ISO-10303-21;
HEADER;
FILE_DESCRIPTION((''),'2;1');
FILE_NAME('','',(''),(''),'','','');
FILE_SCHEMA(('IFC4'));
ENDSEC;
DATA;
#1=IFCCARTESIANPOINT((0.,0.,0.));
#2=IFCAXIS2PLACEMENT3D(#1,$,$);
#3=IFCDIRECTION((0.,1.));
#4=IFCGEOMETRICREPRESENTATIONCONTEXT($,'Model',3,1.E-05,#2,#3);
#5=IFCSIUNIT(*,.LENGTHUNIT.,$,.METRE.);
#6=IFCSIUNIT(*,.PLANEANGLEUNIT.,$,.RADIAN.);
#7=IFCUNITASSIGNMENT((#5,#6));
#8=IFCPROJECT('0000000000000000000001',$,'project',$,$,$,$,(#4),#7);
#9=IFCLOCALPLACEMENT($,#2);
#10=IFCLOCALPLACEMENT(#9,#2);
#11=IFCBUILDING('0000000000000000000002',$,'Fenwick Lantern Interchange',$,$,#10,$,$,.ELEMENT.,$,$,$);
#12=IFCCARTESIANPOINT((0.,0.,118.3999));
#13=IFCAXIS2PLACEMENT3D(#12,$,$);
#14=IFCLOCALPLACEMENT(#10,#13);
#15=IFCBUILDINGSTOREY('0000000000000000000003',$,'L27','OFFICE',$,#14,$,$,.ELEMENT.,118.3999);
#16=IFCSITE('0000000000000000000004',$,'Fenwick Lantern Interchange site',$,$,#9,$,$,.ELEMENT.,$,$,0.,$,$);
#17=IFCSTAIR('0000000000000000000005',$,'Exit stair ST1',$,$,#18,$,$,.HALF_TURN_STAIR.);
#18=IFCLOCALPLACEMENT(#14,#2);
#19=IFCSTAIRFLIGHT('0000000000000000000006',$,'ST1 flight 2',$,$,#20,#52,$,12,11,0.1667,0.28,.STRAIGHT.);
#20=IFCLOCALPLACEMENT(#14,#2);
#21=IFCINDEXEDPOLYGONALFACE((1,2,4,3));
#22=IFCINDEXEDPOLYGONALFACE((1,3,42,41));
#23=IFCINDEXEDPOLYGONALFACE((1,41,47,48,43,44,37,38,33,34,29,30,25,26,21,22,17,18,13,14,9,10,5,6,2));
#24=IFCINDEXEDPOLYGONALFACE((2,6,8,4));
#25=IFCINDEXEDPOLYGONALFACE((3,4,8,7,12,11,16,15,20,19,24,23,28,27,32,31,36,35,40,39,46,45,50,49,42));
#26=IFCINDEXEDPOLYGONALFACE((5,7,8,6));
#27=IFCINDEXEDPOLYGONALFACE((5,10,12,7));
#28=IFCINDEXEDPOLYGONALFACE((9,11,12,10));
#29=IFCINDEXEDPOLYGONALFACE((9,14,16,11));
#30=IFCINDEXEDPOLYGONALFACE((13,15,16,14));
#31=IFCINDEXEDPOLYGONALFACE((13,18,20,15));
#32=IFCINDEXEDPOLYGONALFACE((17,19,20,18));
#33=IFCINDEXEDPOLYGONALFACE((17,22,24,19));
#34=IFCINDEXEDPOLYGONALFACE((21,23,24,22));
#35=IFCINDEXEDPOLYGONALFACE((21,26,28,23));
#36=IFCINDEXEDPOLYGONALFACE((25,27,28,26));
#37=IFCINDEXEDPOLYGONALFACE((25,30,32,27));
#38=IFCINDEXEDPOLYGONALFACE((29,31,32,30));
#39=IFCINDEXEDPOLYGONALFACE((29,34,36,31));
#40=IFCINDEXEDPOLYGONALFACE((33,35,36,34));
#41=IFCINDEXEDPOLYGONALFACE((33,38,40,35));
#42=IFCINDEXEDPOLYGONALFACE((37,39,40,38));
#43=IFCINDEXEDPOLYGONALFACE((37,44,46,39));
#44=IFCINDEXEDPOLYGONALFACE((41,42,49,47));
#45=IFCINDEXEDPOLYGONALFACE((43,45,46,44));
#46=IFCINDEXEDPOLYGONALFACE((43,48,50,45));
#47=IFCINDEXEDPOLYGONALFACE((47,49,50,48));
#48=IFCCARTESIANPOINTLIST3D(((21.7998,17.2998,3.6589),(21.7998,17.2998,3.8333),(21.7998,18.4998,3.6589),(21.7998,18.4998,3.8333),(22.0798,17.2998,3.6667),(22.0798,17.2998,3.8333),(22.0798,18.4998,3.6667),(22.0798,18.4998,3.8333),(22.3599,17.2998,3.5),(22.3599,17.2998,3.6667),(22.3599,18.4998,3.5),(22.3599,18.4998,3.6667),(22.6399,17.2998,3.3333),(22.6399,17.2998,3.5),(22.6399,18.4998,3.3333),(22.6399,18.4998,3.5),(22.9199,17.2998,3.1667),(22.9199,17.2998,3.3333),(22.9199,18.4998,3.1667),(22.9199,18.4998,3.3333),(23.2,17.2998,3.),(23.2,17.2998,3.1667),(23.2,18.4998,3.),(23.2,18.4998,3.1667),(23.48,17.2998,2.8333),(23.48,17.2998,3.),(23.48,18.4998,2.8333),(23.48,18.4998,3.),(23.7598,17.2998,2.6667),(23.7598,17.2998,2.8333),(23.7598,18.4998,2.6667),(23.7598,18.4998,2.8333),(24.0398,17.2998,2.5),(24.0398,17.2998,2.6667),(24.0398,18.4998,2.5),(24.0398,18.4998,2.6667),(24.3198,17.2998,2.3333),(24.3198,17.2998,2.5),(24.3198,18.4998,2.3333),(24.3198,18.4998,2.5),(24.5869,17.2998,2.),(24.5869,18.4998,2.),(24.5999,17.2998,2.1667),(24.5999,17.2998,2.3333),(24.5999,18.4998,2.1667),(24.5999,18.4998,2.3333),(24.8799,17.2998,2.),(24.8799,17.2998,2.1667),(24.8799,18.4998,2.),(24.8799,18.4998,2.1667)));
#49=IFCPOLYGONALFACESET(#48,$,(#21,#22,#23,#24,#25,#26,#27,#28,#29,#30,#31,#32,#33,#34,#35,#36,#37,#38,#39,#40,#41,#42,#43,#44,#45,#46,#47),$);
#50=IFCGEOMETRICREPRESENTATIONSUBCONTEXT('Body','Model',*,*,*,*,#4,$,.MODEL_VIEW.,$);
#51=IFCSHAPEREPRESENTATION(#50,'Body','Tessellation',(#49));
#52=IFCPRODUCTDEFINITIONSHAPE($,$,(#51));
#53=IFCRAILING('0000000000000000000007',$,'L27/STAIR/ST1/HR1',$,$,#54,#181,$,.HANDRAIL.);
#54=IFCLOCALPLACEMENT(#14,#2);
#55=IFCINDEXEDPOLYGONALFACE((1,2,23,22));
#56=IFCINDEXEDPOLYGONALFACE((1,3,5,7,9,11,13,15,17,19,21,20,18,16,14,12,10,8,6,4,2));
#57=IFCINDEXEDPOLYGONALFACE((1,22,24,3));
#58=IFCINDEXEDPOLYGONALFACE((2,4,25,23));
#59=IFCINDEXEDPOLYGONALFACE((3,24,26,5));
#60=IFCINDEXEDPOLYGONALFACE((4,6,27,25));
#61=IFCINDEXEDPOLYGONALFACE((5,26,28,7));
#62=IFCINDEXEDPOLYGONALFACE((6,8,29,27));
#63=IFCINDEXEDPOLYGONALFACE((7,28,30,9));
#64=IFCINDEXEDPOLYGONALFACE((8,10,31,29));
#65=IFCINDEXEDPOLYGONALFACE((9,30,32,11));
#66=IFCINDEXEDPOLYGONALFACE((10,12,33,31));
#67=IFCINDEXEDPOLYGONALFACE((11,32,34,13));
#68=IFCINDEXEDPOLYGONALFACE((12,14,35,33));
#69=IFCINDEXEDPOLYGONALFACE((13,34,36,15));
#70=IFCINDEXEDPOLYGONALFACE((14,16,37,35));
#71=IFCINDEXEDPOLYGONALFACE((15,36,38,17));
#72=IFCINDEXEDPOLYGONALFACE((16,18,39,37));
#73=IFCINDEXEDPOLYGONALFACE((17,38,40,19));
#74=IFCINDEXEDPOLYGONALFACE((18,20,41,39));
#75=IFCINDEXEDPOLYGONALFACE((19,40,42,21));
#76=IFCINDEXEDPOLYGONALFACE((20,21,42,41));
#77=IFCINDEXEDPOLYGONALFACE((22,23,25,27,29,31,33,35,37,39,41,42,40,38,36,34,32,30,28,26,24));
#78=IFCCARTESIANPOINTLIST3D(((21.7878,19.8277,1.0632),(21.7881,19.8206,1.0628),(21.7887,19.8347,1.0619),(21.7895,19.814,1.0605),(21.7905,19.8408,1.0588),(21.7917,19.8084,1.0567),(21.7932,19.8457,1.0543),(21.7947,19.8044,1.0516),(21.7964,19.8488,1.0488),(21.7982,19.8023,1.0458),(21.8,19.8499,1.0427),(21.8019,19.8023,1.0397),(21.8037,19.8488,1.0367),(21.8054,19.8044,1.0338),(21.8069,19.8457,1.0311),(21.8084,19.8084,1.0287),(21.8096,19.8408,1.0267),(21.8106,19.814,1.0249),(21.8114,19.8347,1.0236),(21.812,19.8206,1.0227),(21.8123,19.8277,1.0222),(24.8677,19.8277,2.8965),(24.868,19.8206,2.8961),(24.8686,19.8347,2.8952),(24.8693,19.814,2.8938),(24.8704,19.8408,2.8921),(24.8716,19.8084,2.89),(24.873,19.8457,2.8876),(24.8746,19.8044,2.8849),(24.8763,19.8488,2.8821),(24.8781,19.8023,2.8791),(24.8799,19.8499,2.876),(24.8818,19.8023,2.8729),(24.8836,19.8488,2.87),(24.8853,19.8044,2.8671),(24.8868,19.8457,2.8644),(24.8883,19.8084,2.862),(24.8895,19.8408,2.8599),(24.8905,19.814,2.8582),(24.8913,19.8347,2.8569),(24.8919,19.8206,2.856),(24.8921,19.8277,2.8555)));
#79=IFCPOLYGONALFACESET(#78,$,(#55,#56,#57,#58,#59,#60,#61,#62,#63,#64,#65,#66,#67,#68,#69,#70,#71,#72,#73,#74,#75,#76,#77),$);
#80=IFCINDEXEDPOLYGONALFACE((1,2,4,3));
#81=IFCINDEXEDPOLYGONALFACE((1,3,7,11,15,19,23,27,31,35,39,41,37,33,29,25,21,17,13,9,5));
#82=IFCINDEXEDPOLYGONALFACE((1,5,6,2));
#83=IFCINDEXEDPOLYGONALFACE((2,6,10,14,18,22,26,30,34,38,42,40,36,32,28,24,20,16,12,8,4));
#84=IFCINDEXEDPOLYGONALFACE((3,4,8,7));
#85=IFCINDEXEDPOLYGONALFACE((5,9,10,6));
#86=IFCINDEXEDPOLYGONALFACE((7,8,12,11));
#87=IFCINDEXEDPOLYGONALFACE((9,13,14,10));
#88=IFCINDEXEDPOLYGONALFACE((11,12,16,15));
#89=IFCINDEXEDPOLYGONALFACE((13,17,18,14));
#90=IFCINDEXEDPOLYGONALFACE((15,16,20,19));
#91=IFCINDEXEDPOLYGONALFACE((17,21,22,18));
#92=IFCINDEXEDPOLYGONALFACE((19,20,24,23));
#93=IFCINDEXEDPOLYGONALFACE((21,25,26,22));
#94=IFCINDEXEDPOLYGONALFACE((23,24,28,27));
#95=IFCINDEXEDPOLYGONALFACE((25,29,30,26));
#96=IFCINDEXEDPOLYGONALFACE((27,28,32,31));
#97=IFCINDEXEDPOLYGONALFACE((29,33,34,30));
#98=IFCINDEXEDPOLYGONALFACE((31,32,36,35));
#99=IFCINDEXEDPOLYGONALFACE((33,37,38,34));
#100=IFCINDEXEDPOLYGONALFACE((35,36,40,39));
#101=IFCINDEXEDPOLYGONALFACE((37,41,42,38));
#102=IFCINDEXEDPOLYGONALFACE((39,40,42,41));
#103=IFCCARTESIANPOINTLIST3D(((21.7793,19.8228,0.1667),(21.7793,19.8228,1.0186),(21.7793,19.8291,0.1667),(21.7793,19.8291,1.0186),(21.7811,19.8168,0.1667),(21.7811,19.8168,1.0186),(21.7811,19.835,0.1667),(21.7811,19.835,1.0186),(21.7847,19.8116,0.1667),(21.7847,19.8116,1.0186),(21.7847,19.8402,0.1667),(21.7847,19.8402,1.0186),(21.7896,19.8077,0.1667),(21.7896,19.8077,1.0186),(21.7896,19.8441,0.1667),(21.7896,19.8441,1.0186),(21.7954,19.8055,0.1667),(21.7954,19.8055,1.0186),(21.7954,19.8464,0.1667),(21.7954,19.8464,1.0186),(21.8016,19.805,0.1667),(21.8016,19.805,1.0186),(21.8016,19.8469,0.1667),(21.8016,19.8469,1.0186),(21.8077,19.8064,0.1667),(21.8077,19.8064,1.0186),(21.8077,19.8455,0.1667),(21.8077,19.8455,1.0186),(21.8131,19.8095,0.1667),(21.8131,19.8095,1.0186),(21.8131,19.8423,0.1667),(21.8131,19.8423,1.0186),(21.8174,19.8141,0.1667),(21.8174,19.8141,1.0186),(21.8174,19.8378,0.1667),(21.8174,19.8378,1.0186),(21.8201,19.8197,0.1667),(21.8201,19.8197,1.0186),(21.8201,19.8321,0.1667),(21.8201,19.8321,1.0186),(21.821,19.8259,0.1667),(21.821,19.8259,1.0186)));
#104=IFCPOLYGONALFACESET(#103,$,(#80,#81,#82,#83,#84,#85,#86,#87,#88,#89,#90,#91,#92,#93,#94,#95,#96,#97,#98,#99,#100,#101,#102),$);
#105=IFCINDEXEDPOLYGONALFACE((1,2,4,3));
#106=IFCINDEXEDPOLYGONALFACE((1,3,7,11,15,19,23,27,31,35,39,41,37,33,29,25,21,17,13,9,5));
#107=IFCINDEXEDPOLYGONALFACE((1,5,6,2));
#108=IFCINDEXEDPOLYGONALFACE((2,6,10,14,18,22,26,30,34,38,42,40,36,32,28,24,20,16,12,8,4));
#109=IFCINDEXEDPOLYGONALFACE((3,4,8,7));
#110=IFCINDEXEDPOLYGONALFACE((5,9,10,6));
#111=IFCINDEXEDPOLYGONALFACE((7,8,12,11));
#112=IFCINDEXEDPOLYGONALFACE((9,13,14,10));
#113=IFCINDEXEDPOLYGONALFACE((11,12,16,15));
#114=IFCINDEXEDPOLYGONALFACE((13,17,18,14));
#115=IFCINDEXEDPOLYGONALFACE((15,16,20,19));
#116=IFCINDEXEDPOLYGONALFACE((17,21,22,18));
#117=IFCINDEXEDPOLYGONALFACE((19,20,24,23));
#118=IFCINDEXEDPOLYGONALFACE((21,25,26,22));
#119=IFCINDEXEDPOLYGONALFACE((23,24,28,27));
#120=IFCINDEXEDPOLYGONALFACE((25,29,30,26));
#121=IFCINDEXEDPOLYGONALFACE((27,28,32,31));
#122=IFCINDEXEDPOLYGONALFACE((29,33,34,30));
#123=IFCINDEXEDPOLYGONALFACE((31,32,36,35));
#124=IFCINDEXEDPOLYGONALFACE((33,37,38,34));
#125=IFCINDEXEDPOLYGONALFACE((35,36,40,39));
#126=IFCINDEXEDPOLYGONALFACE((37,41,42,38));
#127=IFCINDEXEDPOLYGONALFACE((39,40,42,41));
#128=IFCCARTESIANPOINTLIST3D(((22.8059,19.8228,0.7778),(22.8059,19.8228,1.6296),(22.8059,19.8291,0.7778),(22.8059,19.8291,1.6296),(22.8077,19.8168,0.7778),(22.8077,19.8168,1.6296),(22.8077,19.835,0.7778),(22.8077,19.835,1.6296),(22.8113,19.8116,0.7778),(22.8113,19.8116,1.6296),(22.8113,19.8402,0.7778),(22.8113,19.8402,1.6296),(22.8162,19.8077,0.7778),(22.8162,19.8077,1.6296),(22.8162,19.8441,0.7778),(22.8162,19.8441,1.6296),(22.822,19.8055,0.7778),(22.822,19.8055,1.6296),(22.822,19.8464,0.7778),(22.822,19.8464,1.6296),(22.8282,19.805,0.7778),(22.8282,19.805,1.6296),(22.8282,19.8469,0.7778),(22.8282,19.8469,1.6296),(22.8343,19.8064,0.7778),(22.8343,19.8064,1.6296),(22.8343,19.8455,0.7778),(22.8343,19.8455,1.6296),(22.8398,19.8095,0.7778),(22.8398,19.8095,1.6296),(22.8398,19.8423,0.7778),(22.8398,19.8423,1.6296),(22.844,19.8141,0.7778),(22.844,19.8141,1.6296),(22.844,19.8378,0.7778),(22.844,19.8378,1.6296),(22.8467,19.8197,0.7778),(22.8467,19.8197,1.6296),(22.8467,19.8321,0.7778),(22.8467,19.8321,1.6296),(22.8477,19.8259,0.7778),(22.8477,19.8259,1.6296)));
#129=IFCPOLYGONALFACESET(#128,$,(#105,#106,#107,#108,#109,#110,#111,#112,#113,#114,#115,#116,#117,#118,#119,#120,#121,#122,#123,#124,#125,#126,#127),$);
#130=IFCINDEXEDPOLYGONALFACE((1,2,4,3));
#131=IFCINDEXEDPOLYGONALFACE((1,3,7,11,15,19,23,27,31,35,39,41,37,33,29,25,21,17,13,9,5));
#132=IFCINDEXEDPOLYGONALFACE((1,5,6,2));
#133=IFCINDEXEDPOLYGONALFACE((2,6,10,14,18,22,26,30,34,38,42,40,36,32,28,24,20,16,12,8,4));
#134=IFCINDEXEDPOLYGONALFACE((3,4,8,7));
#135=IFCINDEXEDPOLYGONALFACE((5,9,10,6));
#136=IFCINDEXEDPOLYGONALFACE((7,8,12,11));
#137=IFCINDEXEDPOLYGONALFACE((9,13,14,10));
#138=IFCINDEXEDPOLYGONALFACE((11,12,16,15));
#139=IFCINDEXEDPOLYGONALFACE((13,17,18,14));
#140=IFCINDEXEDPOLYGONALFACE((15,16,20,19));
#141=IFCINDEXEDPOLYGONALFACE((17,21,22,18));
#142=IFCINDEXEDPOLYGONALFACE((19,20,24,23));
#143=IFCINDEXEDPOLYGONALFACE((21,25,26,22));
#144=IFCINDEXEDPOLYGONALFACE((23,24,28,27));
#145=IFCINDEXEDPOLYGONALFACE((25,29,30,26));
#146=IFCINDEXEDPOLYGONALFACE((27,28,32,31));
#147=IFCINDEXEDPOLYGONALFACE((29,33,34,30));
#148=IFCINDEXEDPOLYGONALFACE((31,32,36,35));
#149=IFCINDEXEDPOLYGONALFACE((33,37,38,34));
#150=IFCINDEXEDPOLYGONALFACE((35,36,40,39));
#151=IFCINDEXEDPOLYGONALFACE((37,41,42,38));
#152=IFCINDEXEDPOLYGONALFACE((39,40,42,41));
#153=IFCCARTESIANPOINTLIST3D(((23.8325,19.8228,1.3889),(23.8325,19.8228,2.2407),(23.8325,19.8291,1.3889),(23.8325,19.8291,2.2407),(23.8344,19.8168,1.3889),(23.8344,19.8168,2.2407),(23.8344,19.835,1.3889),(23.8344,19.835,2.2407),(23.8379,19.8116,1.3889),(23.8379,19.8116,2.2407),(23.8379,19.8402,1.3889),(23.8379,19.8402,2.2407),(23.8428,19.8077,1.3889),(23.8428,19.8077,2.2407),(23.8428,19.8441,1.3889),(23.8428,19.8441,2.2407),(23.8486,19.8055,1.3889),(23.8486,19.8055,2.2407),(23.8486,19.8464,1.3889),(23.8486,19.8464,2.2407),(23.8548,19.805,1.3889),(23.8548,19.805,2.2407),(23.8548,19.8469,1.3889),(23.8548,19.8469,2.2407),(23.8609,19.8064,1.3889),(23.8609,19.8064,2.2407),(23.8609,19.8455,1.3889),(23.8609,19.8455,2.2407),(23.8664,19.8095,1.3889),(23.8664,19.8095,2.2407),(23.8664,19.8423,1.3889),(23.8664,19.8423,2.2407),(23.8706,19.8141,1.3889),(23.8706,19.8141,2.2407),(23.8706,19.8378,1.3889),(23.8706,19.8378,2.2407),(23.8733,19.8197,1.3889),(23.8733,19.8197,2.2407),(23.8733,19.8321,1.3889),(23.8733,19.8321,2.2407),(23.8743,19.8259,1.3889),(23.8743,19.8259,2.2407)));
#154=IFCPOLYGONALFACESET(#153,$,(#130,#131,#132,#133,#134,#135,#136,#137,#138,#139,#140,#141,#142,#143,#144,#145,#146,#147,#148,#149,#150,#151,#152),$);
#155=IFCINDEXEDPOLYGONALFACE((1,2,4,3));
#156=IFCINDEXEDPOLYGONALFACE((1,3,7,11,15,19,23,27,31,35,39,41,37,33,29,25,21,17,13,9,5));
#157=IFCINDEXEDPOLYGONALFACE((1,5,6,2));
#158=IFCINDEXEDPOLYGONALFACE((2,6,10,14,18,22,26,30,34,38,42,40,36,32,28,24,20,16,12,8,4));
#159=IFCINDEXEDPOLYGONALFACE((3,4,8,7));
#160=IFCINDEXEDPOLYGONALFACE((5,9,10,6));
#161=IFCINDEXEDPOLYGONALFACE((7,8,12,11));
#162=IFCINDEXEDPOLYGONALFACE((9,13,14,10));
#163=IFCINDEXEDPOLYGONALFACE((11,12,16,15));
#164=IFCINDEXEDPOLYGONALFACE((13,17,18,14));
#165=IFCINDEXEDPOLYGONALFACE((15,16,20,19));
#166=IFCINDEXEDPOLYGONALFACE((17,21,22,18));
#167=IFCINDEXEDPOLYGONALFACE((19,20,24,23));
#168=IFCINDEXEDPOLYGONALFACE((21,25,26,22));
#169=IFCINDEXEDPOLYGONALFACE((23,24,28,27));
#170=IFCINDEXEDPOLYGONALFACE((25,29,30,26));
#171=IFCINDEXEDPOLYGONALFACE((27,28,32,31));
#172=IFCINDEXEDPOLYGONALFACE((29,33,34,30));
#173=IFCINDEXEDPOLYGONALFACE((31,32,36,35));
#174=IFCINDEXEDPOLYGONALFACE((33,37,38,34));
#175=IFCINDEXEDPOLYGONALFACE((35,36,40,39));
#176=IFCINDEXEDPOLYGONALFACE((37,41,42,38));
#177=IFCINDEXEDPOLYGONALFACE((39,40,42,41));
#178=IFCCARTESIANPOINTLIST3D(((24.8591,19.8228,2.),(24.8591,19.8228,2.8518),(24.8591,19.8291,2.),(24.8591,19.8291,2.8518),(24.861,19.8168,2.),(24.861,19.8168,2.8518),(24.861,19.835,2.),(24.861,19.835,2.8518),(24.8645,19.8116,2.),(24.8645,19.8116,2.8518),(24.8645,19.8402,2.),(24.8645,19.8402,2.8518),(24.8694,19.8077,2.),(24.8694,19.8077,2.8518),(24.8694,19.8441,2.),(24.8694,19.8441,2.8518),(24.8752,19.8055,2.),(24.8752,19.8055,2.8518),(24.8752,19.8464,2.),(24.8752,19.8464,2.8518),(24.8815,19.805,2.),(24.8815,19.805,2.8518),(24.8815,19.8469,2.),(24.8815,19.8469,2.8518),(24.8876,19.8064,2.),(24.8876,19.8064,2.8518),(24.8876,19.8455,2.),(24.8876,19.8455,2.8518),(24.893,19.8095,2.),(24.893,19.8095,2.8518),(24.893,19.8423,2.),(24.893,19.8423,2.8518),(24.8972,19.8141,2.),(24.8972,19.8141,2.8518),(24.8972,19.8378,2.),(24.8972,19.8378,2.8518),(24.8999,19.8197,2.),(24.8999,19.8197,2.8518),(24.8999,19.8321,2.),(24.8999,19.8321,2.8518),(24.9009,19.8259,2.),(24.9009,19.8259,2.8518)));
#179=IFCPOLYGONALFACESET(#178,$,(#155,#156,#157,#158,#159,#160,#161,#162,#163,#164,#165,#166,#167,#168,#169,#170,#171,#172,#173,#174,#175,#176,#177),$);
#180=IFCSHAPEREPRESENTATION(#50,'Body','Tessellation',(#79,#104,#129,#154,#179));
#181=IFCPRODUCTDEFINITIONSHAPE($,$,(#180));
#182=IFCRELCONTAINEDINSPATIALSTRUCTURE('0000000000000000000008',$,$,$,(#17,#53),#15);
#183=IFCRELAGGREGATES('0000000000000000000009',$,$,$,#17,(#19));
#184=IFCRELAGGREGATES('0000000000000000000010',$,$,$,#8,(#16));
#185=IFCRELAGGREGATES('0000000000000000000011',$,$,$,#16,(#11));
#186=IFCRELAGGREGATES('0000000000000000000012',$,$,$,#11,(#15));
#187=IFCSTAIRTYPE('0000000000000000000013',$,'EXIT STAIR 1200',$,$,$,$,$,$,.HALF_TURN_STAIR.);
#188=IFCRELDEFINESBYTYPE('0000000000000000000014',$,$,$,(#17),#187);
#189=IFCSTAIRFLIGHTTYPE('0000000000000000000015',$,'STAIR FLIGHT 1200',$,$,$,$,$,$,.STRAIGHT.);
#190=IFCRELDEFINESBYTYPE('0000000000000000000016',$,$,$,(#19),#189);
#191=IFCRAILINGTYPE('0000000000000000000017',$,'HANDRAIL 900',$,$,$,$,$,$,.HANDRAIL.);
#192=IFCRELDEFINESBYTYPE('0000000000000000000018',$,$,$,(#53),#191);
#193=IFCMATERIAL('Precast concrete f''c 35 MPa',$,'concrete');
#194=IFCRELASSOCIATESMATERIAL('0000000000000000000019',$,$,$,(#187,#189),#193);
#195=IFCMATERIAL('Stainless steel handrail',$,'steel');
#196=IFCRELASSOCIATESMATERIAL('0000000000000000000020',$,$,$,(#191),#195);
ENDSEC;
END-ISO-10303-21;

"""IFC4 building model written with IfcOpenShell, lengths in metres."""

from ifc_helpers import new_model, si_unit, direction, frame, origin, origin_2d, place, context, subcontext, project, spatial, polyline, circle, outline, extrude, material, type_object, element, aggregate, save


model = new_model("IFC4")

# Units and contexts
model_context = context("Model", 3, precision=1e-05, world=origin(), true_north=direction((0.0, 1.0)))
body_context = subcontext(model_context, "Body", "Model", "MODEL_VIEW")
ifc_project = project(units=[si_unit("LENGTHUNIT", "METRE"), si_unit("PLANEANGLEUNIT", "RADIAN")], contexts=[model_context])

# Site, building, storey
site_placement = place(None, origin())
site = spatial("IfcSite", under=ifc_project, at=site_placement, Name="Fenwick Lantern Interchange site", CompositionType="ELEMENT", RefElevation=0.0)
building_placement = place(site_placement, origin())
building = spatial("IfcBuilding", under=site, at=building_placement, Name="Fenwick Lantern Interchange", CompositionType="ELEMENT")
storey_placement = place(building_placement, frame((0.0, 0.0, 118.3999)))
storey = spatial("IfcBuildingStorey", under=building, at=storey_placement, Name="L27", Description="OFFICE", CompositionType="ELEMENT", Elevation=118.3999)

# Stair, stair flight
ifc_material_1 = material(Name="Precast concrete f'c 35 MPa", Category="concrete")
stair_type = type_object("IfcStairType", Name="EXIT STAIR 1200", PredefinedType="HALF_TURN_STAIR", material=ifc_material_1)
stair_placement = place(storey_placement, origin())
stair = element("IfcStair", 1, at=stair_placement, inside=storey, type_object=stair_type, Name="Exit stair ST1", PredefinedType="HALF_TURN_STAIR")
stair_flight_type = type_object("IfcStairFlightType", Name="STAIR FLIGHT 1200", PredefinedType="STRAIGHT", material=ifc_material_1)
stair_flight_1_placement = place(storey_placement, frame((24.8799, 17.8999, 2.0), z_axis=(0.0, 0.0, 1.0), x_axis=(-1.0, 0.0, 0.0)))
stair_flight_1 = element("IfcStairFlight", 2, at=stair_flight_1_placement, type_object=stair_flight_type, Name="ST1 flight 2", NumberOfRisers=12, NumberOfTreads=11, PredefinedType="STRAIGHT", RiserHeight=0.1667, TreadLength=0.28, context=body_context, shape_type="SweptSolid", body=[
    extrude(outline(polyline([(0.0, 0.0), (0.0, 0.1667), (0.28, 0.1667), (0.28, 0.3333), (0.5601, 0.3333), (0.5601, 0.5), (0.8401, 0.5), (0.8401, 0.6667), (1.1201, 0.6667), (1.1201, 0.8333), (1.3999, 0.8333), (1.3999, 1.0), (1.6799, 1.0), (1.6799, 1.1667), (1.96, 1.1667), (1.96, 1.3333), (2.24, 1.3333), (2.24, 1.5), (2.52, 1.5), (2.52, 1.6667), (2.8, 1.6667), (2.8, 1.8333), (3.0801, 1.8333), (3.0801, 2.0), (3.0801, 1.6589), (0.293, 0.0), (0.0, 0.0)])), frame((0.0, 0.6001, 0.0), z_axis=(0.0, -1.0, 0.0), x_axis=(1.0, 0.0, 0.0)), (0.0, 0.0, 1.0), 1.2),
])
aggregate(stair, [stair_flight_1])

# Railing
ifc_material_2 = material(Name="Stainless steel handrail", Category="steel")
railing_type = type_object("IfcRailingType", Name="HANDRAIL 900", PredefinedType="HANDRAIL", material=ifc_material_2)
railing_1_placement = place(storey_placement, frame((21.8, 19.8259, 0.1667)))
element("IfcRailing", 3, at=railing_1_placement, inside=storey, type_object=railing_type, Name="L27/STAIR/ST1/HR1", PredefinedType="HANDRAIL", context=body_context, shape_type="SweptSolid", body=[
    extrude(circle(Radius=0.0239, at=origin_2d()), frame((0.0, 0.0, 0.876), z_axis=(0.859291, 0.0, 0.511487), x_axis=(0.0, 1.0, 0.0)), (0.0, 0.0, 1.0), 3.5842),
    extrude(circle(Radius=0.021, at=origin_2d()), origin(), (0.0, 0.0, 1.0), 0.8518),
    extrude(circle(Radius=0.021, at=origin_2d()), frame((1.0266, 0.0, 0.6111)), (0.0, 0.0, 1.0), 0.8518),
    extrude(circle(Radius=0.021, at=origin_2d()), frame((2.0532, 0.0, 1.2222)), (0.0, 0.0, 1.0), 0.8518),
    extrude(circle(Radius=0.021, at=origin_2d()), frame((3.0798, 0.0, 1.8333)), (0.0, 0.0, 1.0), 0.8518),
])

save(model, "model.ifc")
